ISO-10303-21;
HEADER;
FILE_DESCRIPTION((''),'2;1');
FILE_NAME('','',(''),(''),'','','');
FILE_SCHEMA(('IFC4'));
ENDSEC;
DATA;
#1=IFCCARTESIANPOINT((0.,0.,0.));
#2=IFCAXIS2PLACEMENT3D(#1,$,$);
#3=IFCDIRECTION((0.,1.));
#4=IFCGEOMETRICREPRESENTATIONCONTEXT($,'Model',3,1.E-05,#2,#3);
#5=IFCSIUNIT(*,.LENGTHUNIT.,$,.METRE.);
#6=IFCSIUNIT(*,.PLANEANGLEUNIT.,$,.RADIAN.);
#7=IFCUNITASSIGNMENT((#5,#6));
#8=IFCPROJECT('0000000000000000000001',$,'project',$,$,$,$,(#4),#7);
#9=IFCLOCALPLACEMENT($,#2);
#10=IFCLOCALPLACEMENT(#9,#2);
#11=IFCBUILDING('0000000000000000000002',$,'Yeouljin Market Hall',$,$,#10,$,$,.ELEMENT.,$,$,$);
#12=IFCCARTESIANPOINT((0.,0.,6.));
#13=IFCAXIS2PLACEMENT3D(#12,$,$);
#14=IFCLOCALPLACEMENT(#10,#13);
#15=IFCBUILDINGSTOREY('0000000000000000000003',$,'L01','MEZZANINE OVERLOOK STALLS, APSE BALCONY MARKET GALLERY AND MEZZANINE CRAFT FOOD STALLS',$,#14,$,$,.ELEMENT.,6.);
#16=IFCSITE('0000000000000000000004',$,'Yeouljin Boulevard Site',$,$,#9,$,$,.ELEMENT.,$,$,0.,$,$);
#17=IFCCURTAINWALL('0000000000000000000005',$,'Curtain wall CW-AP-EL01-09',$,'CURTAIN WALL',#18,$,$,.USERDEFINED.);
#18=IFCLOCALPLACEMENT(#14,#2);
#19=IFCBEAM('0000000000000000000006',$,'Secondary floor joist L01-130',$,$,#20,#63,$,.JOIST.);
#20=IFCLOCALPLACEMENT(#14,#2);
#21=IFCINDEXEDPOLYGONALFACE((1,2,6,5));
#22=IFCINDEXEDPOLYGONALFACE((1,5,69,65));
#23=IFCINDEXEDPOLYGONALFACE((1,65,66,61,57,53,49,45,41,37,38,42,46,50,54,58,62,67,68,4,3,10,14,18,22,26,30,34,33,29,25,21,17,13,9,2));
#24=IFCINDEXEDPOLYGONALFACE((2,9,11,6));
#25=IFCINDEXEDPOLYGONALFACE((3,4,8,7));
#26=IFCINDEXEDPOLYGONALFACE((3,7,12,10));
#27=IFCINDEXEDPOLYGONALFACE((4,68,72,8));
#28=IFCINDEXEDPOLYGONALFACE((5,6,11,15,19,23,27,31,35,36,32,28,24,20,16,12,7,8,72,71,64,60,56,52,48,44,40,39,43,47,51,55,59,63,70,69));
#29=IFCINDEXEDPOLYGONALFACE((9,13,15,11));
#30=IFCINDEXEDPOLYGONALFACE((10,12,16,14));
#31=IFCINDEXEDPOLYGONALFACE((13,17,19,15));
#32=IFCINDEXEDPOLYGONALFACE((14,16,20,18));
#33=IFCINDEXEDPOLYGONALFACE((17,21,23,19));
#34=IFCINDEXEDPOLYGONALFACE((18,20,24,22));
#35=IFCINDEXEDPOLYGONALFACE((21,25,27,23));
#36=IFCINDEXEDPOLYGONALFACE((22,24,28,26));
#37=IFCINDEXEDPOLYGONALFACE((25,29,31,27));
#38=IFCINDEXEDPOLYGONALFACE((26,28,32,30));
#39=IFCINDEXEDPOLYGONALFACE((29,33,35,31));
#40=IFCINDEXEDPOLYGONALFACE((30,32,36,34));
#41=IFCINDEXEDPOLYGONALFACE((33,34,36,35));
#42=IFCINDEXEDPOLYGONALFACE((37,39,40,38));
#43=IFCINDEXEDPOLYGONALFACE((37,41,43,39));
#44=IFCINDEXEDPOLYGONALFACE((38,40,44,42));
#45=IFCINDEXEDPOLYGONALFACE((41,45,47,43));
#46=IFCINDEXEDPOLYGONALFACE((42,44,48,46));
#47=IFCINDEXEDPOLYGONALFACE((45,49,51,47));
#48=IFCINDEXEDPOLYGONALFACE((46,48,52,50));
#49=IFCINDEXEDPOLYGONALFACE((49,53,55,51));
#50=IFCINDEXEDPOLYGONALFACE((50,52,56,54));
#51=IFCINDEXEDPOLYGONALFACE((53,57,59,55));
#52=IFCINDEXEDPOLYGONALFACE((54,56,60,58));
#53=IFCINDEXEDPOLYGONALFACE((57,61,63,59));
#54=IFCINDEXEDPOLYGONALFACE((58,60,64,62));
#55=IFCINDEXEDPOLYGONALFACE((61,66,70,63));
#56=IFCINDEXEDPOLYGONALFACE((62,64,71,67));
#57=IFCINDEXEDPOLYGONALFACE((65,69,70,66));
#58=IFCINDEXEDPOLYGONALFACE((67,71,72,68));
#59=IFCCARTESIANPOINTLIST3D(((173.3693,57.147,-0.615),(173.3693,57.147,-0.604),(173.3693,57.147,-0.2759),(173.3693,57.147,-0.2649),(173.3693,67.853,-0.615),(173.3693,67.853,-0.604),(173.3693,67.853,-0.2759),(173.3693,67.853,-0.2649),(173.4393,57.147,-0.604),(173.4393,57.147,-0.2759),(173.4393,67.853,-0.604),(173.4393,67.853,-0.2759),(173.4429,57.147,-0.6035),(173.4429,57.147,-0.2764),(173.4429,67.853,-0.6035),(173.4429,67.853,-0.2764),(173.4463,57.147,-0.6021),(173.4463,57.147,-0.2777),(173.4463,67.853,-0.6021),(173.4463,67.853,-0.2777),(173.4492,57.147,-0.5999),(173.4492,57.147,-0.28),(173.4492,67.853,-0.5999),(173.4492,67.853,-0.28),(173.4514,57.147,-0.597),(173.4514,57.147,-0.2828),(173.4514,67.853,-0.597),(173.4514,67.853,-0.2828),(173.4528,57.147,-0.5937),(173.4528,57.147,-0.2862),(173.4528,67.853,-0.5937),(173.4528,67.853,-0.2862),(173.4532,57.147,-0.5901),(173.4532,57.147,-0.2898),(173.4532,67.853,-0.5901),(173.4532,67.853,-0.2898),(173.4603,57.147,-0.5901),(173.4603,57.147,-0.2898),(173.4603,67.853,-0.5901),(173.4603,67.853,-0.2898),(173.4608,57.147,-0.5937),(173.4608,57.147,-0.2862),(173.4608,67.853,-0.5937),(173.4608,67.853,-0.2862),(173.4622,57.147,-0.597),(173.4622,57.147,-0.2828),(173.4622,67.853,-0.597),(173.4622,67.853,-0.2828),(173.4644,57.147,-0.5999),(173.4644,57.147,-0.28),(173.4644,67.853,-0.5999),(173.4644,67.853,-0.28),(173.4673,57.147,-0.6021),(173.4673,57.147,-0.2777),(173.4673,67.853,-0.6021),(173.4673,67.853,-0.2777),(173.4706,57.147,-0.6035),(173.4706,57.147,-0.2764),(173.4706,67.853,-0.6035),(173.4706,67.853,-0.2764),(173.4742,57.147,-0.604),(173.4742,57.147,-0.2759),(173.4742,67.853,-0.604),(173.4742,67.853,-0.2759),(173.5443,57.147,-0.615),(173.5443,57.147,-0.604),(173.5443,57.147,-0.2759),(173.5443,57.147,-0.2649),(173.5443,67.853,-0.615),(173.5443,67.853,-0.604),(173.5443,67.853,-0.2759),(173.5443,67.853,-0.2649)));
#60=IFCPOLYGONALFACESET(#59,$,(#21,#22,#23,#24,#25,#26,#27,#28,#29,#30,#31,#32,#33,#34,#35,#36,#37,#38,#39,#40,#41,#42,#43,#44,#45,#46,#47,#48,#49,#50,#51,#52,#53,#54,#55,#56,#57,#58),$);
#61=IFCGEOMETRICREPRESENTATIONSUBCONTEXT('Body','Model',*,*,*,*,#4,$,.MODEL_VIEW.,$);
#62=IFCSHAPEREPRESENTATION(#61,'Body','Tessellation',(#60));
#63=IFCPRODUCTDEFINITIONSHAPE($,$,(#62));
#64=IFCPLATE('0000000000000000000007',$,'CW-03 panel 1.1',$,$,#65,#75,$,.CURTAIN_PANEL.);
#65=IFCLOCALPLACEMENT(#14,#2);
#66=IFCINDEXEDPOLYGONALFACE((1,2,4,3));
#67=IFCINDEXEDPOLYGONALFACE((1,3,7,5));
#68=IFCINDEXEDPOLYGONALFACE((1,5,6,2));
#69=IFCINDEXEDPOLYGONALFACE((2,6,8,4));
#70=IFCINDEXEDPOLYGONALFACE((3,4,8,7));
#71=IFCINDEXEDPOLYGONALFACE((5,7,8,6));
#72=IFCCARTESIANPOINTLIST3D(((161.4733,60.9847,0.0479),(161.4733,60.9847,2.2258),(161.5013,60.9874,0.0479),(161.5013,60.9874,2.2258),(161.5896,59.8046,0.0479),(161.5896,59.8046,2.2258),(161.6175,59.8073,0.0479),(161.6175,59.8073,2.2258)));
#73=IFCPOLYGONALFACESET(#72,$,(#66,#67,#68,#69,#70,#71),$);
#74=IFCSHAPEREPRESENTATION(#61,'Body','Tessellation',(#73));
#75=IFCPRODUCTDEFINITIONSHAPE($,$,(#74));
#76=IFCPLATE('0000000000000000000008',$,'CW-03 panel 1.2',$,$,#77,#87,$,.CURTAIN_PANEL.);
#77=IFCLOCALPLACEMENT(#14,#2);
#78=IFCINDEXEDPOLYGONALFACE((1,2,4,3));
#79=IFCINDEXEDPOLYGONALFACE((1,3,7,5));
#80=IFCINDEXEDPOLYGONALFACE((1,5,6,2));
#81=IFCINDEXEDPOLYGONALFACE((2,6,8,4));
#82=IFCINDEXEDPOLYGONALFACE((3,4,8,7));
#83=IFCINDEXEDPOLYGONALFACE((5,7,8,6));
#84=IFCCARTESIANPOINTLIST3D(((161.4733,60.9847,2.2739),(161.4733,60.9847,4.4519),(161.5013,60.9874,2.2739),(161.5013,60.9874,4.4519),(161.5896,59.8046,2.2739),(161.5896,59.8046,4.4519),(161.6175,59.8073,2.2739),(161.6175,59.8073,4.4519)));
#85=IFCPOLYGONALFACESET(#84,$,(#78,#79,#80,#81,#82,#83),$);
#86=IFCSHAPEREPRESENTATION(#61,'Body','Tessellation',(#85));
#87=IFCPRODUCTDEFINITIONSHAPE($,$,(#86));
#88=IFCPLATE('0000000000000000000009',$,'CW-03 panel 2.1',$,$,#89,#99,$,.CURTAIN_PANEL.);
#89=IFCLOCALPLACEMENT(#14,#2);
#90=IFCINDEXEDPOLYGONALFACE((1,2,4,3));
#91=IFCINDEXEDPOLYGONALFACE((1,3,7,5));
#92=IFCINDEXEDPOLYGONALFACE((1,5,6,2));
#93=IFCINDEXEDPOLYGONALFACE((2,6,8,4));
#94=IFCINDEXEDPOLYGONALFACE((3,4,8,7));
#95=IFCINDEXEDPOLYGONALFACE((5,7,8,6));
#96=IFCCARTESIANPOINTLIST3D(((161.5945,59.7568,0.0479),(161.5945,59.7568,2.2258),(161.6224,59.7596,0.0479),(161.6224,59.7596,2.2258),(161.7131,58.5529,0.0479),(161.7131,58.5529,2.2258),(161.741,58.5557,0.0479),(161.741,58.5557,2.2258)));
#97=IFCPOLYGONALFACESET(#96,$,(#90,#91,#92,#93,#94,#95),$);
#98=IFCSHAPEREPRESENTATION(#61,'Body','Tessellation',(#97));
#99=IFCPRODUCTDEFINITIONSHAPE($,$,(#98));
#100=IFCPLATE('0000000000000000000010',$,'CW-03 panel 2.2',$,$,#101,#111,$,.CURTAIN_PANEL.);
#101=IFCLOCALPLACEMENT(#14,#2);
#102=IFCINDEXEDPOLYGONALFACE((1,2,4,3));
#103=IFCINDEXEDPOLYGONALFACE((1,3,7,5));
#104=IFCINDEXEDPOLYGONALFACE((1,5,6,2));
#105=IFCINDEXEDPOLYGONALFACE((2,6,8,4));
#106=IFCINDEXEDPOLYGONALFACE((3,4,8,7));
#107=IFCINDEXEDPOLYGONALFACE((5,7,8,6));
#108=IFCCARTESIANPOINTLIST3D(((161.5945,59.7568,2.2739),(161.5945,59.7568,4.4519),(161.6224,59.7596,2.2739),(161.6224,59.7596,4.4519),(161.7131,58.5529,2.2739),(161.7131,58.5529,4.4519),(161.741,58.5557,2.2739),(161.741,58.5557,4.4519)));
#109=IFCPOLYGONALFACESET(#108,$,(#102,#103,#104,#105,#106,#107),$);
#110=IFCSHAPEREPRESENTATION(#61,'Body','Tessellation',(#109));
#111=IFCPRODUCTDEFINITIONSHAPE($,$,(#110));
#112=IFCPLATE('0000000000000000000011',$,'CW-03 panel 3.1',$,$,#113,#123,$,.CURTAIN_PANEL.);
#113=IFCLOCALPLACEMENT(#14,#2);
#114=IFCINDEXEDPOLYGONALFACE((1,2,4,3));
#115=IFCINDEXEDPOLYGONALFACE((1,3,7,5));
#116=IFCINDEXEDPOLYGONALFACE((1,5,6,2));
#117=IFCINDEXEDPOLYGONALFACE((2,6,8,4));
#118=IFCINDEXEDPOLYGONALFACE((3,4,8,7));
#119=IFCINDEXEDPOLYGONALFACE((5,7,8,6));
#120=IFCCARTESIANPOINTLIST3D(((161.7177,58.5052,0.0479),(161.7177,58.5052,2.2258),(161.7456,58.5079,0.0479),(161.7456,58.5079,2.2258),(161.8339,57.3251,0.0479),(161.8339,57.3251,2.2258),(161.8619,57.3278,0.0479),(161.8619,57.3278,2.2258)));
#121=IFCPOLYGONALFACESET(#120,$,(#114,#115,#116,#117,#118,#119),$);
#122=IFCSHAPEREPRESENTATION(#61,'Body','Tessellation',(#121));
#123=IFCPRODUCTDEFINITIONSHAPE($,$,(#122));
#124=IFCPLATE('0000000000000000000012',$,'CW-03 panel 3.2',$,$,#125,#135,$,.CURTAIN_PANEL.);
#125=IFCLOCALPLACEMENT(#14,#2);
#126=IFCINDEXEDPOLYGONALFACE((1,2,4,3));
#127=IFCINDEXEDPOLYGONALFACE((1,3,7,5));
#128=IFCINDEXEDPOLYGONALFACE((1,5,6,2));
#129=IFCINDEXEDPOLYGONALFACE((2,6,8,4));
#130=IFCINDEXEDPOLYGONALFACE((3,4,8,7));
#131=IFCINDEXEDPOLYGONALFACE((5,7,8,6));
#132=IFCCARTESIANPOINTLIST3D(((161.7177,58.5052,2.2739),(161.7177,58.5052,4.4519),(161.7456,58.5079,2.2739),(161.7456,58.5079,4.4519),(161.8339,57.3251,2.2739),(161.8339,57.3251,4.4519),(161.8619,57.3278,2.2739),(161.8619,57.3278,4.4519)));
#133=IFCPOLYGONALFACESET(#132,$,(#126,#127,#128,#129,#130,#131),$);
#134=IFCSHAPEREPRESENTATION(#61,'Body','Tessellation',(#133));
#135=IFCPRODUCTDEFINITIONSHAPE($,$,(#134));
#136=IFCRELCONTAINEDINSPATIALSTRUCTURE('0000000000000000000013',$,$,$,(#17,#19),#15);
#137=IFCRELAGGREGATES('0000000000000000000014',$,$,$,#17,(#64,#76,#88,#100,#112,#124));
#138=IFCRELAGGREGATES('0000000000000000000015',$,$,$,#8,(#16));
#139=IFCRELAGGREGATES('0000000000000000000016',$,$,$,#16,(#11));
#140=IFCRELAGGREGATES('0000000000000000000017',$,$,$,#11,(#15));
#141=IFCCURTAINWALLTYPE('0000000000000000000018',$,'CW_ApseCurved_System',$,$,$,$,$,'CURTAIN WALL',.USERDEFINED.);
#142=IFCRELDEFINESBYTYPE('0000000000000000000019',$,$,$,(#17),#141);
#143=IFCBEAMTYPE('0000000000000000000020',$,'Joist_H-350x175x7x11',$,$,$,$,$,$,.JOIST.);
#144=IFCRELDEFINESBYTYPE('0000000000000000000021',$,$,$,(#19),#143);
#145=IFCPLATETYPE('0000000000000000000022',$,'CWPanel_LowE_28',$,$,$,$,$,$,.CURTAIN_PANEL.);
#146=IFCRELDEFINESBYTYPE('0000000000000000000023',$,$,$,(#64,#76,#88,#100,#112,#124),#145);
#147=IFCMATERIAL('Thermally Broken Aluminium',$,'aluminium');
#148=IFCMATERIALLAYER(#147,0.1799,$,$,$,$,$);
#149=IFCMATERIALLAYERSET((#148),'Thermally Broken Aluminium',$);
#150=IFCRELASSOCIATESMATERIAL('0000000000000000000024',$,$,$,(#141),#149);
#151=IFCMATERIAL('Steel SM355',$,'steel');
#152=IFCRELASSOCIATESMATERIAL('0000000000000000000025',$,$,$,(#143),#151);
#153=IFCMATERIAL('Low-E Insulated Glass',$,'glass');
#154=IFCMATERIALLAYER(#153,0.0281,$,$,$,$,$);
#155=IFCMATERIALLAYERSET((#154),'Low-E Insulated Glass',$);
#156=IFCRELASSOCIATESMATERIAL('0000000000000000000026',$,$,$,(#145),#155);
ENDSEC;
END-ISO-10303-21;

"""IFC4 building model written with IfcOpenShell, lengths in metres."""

from ifc_helpers import new_model, si_unit, direction, frame, origin, origin_2d, place, context, subcontext, project, spatial, rectangle, i_section, extrude, material, layer, layer_set, material_profile, profile_set, type_object, element, aggregate, save


model = new_model("IFC4")

# Units and contexts
model_context = context("Model", 3, precision=1e-05, world=origin(), true_north=direction((0.0, 1.0)))
body_context = subcontext(model_context, "Body", "Model", "MODEL_VIEW")
ifc_project = project(units=[si_unit("LENGTHUNIT", "METRE"), si_unit("PLANEANGLEUNIT", "RADIAN")], contexts=[model_context])

# Site, building, storey
site_placement = place(None, origin())
site = spatial("IfcSite", under=ifc_project, at=site_placement, Name="Yeouljin Boulevard Site", CompositionType="ELEMENT", RefElevation=0.0)
building_placement = place(site_placement, origin())
building = spatial("IfcBuilding", under=site, at=building_placement, Name="Yeouljin Market Hall", CompositionType="ELEMENT")
storey_placement = place(building_placement, frame((0.0, 0.0, 6.0)))
storey = spatial("IfcBuildingStorey", under=building, at=storey_placement, Name="L01", Description="MEZZANINE OVERLOOK STALLS, APSE BALCONY MARKET GALLERY AND MEZZANINE CRAFT FOOD STALLS", CompositionType="ELEMENT", Elevation=6.0)

# Curtain wall
ifc_material_1 = material(Name="Thermally Broken Aluminium", Category="aluminium")
ifc_layer_1 = layer(ifc_material_1, 0.1799)
ifc_layer_set_1 = layer_set([ifc_layer_1], Name="Thermally Broken Aluminium")
curtain_wall_type = type_object("IfcCurtainWallType", Name="CW_ApseCurved_System", ElementType="CURTAIN WALL", PredefinedType="USERDEFINED", material=ifc_layer_set_1)
curtain_wall_1_placement = place(storey_placement, origin())
curtain_wall_1 = element("IfcCurtainWall", 1, at=curtain_wall_1_placement, inside=storey, type_object=curtain_wall_type, Name="Curtain wall CW-AP-EL01-09", ObjectType="CURTAIN WALL", PredefinedType="USERDEFINED")

# Beam
ifc_material_2 = material(Name="Steel SM355", Category="steel")
ifc_material_profile_1 = material_profile(ifc_material_2, i_section(OverallWidth=0.175, OverallDepth=0.3501, WebThickness=0.0071, FlangeThickness=0.011, FilletRadius=0.0139, at=origin_2d()), Name="H-350x175x7x11")
ifc_profile_set_1 = profile_set([ifc_material_profile_1], Name="Steel SM355")
beam_type_1 = type_object("IfcBeamType", Name="Joist_H-350x175x7x11", PredefinedType="JOIST", material=ifc_profile_set_1)
for number, where, z_axis, x_axis, name in (
    (2, (173.4568, 57.147, -0.4399), (0.0, 1.0, 0.0), (-1.0, 0.0, 0.0), "Secondary floor joist L01-130"),
):
    element("IfcBeam", number, at=place(storey_placement, frame(where, z_axis=z_axis, x_axis=x_axis)), inside=storey, type_object=beam_type_1, Name=name, PredefinedType="JOIST", context=body_context, shape_type="SweptSolid", body=[
        extrude(i_section(OverallWidth=0.175, OverallDepth=0.3501, WebThickness=0.0071, FlangeThickness=0.011, FilletRadius=0.0139, at=origin_2d()), origin(), (0.0, 0.0, 1.0), 10.7061),
    ])

# Plates
ifc_material_3 = material(Name="Low-E Insulated Glass", Category="glass")
ifc_layer_2 = layer(ifc_material_3, 0.0281)
ifc_layer_set_2 = layer_set([ifc_layer_2], Name="Low-E Insulated Glass")
plate_type = type_object("IfcPlateType", Name="CWPanel_LowE_28", PredefinedType="CURTAIN_PANEL", material=ifc_layer_set_2)
plate_1_placement = place(storey_placement, frame((161.5454, 60.396, 0.0479), z_axis=(0.0, 0.0, 1.0), x_axis=(0.098034, -0.995183, 0.0)))
plate_1 = element("IfcPlate", 3, at=plate_1_placement, type_object=plate_type, Name="CW-03 panel 1.1", PredefinedType="CURTAIN_PANEL", context=body_context, shape_type="SweptSolid", body=[
    extrude(rectangle(XDim=1.1858, YDim=0.0281, at=origin_2d()), origin(), (0.0, 0.0, 1.0), 2.178),
])
plate_2_placement = place(storey_placement, frame((161.5454, 60.396, 2.2739), z_axis=(0.0, 0.0, 1.0), x_axis=(0.098034, -0.995183, 0.0)))
plate_2 = element("IfcPlate", 4, at=plate_2_placement, type_object=plate_type, Name="CW-03 panel 1.2", PredefinedType="CURTAIN_PANEL", context=body_context, shape_type="SweptSolid", body=[
    extrude(rectangle(XDim=1.1858, YDim=0.0281, at=origin_2d()), origin(), (0.0, 0.0, 1.0), 2.178),
])
plate_3_placement = place(storey_placement, frame((161.6677, 59.1562, 0.0479), z_axis=(0.0, 0.0, 1.0), x_axis=(0.098034, -0.995183, 0.0)))
plate_3 = element("IfcPlate", 5, at=plate_3_placement, type_object=plate_type, Name="CW-03 panel 2.1", PredefinedType="CURTAIN_PANEL", context=body_context, shape_type="SweptSolid", body=[
    extrude(rectangle(XDim=1.2097, YDim=0.0281, at=origin_2d()), origin(), (0.0, 0.0, 1.0), 2.178),
])
plate_4_placement = place(storey_placement, frame((161.6677, 59.1562, 2.2739), z_axis=(0.0, 0.0, 1.0), x_axis=(0.098034, -0.995183, 0.0)))
plate_4 = element("IfcPlate", 6, at=plate_4_placement, type_object=plate_type, Name="CW-03 panel 2.2", PredefinedType="CURTAIN_PANEL", context=body_context, shape_type="SweptSolid", body=[
    extrude(rectangle(XDim=1.2097, YDim=0.0281, at=origin_2d()), origin(), (0.0, 0.0, 1.0), 2.178),
])
plate_5_placement = place(storey_placement, frame((161.7898, 57.9165, 0.0479), z_axis=(0.0, 0.0, 1.0), x_axis=(0.098034, -0.995183, 0.0)))
plate_5 = element("IfcPlate", 7, at=plate_5_placement, type_object=plate_type, Name="CW-03 panel 3.1", PredefinedType="CURTAIN_PANEL", context=body_context, shape_type="SweptSolid", body=[
    extrude(rectangle(XDim=1.1858, YDim=0.0281, at=origin_2d()), origin(), (0.0, 0.0, 1.0), 2.178),
])
plate_6_placement = place(storey_placement, frame((161.7898, 57.9165, 2.2739), z_axis=(0.0, 0.0, 1.0), x_axis=(0.098034, -0.995183, 0.0)))
plate_6 = element("IfcPlate", 8, at=plate_6_placement, type_object=plate_type, Name="CW-03 panel 3.2", PredefinedType="CURTAIN_PANEL", context=body_context, shape_type="SweptSolid", body=[
    extrude(rectangle(XDim=1.1858, YDim=0.0281, at=origin_2d()), origin(), (0.0, 0.0, 1.0), 2.178),
])
aggregate(curtain_wall_1, [plate_1, plate_2, plate_3, plate_4, plate_5, plate_6])

save(model, "model.ifc")
